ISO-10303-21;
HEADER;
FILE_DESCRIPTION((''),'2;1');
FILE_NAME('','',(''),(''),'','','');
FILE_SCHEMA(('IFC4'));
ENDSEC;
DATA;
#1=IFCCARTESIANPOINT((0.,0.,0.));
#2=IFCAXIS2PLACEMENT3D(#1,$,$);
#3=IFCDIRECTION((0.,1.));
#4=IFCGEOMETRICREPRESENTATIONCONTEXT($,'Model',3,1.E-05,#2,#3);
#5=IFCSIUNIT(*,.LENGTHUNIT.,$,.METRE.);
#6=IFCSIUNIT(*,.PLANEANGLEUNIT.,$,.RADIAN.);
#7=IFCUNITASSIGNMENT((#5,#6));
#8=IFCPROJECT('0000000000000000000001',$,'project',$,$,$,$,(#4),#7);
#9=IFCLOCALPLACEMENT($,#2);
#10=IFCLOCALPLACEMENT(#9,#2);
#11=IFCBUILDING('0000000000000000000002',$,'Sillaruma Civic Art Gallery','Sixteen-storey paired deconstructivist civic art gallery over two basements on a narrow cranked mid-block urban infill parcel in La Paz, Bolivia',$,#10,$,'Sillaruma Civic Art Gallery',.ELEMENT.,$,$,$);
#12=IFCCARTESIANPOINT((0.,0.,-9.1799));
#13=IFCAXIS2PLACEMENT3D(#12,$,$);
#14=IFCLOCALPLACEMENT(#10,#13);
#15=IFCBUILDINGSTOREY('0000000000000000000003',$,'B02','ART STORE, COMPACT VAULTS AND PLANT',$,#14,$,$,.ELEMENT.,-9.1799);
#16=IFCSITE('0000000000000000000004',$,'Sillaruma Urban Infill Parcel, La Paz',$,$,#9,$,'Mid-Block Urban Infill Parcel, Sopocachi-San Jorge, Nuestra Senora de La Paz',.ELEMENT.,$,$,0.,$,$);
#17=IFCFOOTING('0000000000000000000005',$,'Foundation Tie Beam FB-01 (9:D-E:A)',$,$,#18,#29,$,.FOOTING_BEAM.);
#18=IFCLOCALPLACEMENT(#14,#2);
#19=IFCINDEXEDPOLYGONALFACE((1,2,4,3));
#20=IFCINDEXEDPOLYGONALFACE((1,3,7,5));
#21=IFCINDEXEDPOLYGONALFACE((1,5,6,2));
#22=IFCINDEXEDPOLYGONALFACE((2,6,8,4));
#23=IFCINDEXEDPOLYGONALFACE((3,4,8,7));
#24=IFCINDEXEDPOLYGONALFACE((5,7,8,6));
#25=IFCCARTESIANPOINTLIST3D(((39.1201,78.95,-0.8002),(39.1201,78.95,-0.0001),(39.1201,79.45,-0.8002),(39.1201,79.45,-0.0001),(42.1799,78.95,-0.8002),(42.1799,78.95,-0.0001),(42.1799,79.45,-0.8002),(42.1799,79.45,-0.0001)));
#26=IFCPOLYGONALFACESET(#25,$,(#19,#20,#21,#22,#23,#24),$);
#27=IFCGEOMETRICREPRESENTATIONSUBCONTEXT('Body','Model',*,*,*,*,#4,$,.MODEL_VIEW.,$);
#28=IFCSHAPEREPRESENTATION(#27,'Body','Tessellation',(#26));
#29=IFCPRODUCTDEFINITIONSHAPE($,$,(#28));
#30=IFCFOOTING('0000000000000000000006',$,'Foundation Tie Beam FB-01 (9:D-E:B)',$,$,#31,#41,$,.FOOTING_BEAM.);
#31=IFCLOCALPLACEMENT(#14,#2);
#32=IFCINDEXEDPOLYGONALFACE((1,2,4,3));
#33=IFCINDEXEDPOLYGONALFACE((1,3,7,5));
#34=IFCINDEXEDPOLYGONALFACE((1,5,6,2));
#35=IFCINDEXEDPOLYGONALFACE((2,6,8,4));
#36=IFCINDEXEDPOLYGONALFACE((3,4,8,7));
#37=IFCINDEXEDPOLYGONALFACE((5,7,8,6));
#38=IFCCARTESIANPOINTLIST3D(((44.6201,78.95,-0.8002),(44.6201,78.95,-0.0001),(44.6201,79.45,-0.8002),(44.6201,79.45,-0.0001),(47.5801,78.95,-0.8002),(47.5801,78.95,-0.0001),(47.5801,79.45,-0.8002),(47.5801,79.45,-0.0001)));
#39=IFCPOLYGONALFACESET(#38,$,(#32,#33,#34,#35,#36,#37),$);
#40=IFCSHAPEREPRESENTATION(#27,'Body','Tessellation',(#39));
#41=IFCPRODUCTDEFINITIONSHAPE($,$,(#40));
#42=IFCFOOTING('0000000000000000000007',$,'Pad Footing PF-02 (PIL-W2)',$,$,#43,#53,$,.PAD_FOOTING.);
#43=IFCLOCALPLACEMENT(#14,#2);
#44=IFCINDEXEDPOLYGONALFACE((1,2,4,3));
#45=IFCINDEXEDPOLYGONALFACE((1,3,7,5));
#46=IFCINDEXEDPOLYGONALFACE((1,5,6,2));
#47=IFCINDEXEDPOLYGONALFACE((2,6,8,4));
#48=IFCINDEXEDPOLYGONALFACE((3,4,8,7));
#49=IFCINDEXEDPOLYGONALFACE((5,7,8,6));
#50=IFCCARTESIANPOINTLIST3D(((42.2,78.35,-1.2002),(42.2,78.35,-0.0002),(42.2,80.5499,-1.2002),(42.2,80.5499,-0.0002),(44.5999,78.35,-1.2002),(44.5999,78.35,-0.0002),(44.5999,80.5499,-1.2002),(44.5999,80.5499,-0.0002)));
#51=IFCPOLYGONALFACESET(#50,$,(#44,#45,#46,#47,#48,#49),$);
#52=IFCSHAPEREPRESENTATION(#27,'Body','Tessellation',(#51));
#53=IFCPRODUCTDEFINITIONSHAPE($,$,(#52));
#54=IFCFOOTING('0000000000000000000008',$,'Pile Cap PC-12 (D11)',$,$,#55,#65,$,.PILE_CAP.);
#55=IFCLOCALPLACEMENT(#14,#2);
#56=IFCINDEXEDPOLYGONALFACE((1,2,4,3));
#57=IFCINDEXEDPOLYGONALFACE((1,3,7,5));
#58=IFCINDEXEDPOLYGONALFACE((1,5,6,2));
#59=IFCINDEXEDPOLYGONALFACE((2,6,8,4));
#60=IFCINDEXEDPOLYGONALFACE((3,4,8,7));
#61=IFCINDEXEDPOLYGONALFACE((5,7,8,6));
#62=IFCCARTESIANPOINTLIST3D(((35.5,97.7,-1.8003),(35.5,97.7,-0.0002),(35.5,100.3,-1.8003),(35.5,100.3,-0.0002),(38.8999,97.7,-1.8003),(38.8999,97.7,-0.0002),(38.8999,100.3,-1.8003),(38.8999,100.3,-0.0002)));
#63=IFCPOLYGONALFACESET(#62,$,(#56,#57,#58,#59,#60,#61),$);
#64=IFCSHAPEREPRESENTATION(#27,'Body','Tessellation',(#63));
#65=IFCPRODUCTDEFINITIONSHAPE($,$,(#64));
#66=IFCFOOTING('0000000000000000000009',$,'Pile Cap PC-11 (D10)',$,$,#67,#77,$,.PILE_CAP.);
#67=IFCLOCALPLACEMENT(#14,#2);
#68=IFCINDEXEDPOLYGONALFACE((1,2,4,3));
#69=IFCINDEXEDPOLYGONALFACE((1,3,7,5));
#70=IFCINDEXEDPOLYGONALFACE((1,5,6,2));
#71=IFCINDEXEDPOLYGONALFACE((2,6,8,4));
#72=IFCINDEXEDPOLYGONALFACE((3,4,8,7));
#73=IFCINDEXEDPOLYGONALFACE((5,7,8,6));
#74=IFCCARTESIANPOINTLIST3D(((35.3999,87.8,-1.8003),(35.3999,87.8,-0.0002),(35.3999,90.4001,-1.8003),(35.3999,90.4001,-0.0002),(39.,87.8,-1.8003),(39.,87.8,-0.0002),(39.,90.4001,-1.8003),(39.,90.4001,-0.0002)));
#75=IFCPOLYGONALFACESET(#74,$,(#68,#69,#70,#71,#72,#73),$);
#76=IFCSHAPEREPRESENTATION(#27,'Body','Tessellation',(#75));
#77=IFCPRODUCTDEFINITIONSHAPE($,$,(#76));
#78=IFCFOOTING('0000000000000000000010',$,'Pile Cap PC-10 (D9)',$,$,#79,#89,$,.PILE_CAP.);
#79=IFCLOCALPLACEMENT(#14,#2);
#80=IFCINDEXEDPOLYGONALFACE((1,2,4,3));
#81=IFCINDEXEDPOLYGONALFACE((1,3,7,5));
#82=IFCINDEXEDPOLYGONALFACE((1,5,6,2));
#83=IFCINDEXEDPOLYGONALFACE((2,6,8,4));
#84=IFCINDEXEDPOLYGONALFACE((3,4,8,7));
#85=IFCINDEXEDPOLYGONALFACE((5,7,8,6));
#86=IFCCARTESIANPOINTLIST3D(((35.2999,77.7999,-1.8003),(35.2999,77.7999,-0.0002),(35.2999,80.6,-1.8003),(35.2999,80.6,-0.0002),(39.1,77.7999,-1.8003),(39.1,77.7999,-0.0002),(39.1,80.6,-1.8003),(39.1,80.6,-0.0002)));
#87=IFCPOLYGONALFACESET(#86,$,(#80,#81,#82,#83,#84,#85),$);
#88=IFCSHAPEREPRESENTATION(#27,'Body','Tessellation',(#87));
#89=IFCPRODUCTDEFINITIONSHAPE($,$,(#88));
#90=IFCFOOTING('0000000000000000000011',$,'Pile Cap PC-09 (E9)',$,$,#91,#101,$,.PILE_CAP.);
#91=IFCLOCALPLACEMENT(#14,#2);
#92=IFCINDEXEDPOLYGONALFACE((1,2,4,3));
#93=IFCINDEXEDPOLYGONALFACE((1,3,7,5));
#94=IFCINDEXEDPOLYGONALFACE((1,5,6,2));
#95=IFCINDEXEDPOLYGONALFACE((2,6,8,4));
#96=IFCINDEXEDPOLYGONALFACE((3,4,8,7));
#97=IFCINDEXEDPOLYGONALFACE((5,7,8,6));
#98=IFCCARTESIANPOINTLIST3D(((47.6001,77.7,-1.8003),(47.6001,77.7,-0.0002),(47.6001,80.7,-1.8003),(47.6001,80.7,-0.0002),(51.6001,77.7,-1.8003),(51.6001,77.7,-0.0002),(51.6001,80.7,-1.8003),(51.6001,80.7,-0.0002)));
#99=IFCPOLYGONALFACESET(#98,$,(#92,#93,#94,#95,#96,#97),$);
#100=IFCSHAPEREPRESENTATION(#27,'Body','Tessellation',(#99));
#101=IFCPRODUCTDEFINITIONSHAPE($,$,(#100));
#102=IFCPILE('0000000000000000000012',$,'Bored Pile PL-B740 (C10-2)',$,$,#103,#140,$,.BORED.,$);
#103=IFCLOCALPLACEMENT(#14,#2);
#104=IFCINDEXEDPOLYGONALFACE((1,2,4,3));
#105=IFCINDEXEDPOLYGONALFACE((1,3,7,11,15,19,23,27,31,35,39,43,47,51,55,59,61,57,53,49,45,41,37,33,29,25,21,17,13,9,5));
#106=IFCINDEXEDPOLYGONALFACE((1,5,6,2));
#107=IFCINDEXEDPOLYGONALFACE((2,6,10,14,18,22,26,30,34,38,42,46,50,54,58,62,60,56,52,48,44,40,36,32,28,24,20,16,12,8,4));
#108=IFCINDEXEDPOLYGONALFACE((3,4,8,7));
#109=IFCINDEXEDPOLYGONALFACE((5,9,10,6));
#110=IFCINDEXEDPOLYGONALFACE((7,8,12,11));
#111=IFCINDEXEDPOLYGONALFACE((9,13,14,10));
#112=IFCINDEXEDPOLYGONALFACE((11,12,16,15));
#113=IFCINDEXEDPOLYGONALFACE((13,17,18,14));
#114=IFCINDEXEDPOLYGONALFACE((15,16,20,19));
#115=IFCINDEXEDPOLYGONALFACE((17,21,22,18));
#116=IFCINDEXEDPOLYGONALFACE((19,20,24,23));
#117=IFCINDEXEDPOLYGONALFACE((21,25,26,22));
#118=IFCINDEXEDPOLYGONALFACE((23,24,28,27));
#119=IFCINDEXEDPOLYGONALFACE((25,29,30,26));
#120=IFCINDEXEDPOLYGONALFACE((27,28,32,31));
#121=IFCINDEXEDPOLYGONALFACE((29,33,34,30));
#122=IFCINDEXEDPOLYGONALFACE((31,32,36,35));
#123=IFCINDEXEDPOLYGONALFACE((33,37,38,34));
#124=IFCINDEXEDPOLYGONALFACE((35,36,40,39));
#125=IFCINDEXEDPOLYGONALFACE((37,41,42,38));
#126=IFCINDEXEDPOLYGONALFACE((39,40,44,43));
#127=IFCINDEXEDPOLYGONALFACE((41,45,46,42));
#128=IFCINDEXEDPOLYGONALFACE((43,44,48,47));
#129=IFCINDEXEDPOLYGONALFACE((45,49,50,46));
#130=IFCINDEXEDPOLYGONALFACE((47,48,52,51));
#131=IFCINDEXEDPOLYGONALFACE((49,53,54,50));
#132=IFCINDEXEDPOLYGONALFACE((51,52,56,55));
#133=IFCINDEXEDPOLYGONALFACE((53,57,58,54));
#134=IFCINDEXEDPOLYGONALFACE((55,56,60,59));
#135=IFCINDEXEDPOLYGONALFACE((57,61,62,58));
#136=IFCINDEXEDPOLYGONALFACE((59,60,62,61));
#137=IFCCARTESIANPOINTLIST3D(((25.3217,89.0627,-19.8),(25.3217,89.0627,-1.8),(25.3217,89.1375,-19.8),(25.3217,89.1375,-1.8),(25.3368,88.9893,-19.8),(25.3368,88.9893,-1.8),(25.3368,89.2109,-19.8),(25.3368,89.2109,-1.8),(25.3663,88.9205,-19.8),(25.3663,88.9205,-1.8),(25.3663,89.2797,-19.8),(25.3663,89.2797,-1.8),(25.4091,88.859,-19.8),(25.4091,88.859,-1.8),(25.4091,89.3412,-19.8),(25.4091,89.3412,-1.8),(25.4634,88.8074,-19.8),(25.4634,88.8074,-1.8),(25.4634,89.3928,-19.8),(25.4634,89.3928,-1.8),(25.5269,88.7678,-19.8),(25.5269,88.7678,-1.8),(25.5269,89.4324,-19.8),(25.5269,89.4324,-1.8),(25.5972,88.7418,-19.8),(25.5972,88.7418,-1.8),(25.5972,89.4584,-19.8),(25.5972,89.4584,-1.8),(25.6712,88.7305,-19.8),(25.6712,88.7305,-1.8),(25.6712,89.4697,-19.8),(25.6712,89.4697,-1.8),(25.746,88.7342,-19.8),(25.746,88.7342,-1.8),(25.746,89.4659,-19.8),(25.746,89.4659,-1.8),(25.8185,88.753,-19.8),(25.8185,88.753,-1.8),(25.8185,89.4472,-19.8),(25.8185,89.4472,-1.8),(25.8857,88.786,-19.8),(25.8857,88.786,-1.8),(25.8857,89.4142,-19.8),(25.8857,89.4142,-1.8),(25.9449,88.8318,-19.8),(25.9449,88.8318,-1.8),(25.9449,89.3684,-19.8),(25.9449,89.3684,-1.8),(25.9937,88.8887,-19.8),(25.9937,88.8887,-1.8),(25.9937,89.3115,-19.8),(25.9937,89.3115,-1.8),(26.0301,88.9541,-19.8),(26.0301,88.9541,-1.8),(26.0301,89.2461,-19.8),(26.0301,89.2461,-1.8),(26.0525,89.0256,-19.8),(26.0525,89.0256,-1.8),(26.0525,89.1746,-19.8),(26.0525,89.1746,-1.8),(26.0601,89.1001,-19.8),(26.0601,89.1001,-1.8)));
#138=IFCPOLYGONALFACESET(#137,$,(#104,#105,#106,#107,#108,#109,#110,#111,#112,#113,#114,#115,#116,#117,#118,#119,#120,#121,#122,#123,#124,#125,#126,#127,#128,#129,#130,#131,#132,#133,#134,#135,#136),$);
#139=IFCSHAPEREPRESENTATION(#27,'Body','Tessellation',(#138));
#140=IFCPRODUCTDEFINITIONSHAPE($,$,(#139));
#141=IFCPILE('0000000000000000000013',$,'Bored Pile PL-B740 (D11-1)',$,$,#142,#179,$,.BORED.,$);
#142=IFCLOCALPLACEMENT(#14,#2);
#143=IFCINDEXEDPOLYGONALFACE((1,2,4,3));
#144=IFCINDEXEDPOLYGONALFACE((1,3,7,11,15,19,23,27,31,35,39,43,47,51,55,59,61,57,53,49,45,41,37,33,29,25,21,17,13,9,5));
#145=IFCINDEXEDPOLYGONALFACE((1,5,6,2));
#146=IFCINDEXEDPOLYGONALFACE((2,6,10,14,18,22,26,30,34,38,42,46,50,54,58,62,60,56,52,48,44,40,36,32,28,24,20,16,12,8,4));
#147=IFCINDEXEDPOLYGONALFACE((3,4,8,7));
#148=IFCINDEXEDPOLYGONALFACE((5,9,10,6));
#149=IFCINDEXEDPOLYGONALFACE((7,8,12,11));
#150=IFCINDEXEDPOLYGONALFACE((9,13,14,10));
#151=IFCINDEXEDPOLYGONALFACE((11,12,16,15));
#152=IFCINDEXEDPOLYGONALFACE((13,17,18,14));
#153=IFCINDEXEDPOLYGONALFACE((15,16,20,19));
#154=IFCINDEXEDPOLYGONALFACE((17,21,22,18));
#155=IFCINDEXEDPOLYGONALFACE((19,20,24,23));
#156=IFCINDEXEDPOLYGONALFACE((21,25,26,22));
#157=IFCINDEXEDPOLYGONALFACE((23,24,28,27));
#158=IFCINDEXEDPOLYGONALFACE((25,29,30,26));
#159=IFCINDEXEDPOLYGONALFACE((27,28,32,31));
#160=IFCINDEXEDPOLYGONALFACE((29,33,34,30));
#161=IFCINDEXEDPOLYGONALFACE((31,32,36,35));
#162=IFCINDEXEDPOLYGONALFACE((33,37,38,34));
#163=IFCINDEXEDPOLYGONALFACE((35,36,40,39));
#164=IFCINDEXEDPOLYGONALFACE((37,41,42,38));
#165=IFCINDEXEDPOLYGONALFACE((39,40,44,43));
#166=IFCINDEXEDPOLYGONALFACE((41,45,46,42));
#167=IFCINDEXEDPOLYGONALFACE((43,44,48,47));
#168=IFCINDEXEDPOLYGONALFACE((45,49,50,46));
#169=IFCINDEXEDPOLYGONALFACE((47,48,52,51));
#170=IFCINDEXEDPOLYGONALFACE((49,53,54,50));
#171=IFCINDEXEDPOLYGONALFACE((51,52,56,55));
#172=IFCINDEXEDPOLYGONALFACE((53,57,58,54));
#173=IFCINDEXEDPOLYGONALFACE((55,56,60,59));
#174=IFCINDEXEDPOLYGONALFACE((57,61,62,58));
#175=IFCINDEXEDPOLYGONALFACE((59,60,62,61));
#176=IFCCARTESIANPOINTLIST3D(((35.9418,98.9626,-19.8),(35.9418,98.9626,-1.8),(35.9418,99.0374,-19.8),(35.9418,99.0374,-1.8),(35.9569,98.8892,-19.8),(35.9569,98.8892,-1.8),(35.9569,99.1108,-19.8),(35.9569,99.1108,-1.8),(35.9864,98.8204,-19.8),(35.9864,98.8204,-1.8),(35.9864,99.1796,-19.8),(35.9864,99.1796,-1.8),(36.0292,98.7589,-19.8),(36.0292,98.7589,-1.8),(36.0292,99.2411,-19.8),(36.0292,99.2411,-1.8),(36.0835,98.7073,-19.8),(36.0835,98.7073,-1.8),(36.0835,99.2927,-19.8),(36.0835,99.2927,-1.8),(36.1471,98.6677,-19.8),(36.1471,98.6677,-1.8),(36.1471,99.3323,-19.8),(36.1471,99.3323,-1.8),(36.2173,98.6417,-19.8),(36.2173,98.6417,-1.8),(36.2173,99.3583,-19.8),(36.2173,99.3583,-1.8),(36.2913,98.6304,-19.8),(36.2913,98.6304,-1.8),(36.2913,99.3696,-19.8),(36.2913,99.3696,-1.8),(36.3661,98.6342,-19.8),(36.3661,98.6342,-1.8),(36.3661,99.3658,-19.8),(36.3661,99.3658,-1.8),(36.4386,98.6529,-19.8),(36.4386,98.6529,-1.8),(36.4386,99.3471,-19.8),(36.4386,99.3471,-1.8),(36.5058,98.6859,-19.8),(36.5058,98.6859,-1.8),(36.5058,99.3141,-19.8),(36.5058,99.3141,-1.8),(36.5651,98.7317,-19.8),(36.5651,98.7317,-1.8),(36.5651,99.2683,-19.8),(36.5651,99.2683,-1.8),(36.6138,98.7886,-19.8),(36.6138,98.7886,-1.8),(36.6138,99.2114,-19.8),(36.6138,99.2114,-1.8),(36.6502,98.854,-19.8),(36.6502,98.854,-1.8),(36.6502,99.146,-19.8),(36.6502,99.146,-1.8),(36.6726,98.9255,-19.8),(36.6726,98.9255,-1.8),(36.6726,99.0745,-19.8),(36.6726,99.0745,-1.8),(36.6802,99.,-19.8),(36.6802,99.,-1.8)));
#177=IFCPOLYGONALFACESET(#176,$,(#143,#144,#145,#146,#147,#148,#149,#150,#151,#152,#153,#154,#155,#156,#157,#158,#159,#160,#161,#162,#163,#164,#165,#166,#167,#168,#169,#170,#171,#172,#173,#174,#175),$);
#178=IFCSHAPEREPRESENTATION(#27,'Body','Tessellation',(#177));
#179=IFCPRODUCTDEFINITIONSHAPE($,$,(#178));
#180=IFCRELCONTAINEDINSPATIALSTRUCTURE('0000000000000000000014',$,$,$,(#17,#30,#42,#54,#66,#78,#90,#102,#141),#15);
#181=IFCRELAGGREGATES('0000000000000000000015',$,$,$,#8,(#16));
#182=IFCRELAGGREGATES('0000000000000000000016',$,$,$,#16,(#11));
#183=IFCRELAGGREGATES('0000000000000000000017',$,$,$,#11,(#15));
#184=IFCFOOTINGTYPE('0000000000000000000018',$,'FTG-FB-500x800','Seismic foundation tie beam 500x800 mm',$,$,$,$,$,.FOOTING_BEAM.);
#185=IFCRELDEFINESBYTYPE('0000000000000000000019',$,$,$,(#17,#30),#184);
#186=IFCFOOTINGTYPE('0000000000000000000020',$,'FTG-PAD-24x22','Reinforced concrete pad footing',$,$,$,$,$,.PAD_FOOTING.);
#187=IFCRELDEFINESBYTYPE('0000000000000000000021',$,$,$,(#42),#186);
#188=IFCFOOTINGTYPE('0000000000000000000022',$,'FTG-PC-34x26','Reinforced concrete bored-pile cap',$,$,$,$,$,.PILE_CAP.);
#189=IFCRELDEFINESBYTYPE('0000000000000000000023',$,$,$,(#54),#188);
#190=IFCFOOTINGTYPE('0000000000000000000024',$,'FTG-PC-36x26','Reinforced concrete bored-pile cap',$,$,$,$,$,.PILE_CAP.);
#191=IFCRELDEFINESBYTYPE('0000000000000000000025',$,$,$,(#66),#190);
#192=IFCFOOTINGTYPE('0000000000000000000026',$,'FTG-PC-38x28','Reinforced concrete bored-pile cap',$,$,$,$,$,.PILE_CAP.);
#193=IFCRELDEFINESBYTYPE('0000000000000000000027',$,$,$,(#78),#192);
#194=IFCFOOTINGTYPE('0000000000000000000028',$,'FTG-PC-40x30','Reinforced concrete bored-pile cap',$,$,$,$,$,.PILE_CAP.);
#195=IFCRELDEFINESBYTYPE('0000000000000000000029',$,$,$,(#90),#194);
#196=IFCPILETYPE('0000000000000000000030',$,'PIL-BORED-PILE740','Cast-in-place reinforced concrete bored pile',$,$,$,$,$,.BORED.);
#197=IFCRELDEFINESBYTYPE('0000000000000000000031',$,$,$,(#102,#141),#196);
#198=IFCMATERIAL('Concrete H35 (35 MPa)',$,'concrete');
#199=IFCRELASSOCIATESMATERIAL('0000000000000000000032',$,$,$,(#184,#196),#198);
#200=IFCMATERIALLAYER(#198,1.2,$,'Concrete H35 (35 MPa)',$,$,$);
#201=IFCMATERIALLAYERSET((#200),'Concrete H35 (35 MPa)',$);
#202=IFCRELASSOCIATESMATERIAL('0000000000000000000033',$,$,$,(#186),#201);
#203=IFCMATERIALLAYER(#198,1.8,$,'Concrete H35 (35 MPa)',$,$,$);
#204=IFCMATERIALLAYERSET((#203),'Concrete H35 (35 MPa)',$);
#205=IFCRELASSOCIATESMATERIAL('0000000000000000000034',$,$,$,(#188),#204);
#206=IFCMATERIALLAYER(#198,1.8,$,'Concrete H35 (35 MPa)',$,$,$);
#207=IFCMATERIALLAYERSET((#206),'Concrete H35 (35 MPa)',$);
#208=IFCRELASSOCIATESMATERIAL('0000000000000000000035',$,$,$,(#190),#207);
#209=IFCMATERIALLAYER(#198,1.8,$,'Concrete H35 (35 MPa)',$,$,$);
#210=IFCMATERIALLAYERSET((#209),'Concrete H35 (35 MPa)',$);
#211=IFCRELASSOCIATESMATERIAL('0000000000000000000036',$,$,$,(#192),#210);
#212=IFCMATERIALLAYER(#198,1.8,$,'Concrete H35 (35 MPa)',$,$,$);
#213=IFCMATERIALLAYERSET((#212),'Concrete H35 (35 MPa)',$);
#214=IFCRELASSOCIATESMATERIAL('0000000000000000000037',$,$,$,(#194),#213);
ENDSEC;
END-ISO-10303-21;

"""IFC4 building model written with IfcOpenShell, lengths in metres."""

from ifc_helpers import new_model, si_unit, direction, frame, origin, origin_2d, place, context, subcontext, project, spatial, rectangle, circle, extrude, material, layer, layer_set, material_profile, profile_set, type_object, element, save


model = new_model("IFC4")

# Units and contexts
model_context = context("Model", 3, precision=1e-05, world=origin(), true_north=direction((0.0, 1.0)))
body_context = subcontext(model_context, "Body", "Model", "MODEL_VIEW")
ifc_project = project(units=[si_unit("LENGTHUNIT", "METRE"), si_unit("PLANEANGLEUNIT", "RADIAN")], contexts=[model_context])

# Site, building, storey
site_placement = place(None, origin())
site = spatial("IfcSite", under=ifc_project, at=site_placement, Name="Sillaruma Urban Infill Parcel, La Paz", LongName="Mid-Block Urban Infill Parcel, Sopocachi-San Jorge, Nuestra Senora de La Paz", CompositionType="ELEMENT", RefElevation=0.0)
building_placement = place(site_placement, origin())
building = spatial("IfcBuilding", under=site, at=building_placement, Name="Sillaruma Civic Art Gallery", Description="Sixteen-storey paired deconstructivist civic art gallery over two basements on a narrow cranked mid-block urban infill parcel in La Paz, Bolivia", LongName="Sillaruma Civic Art Gallery", CompositionType="ELEMENT")
storey_placement = place(building_placement, frame((0.0, 0.0, -9.1799)))
storey = spatial("IfcBuildingStorey", under=building, at=storey_placement, Name="B02", Description="ART STORE, COMPACT VAULTS AND PLANT", CompositionType="ELEMENT", Elevation=-9.1799)

# Footings
ifc_material_1 = material(Name="Concrete H35 (35 MPa)", Category="concrete")
ifc_material_profile_1 = material_profile(ifc_material_1, rectangle(XDim=0.5, YDim=0.8, at=origin_2d()), Name="RCB500x800")
ifc_profile_set_1 = profile_set([ifc_material_profile_1], Name="Concrete H35 (35 MPa)")
footing_type_1 = type_object("IfcFootingType", Name="FTG-FB-500x800", Description="Seismic foundation tie beam 500x800 mm", PredefinedType="FOOTING_BEAM", material=ifc_profile_set_1)
footing_1_placement = place(storey_placement, frame((39.1201, 79.2, -0.4001), z_axis=(1.0, 0.0, 0.0), x_axis=(0.0, 1.0, 0.0)))
element("IfcFooting", 1, at=footing_1_placement, inside=storey, type_object=footing_type_1, Name="Foundation Tie Beam FB-01 (9:D-E:A)", PredefinedType="FOOTING_BEAM", context=body_context, shape_type="SweptSolid", body=[
    extrude(rectangle(XDim=0.5, YDim=0.8, at=origin_2d()), origin(), (0.0, 0.0, 1.0), 3.0598),
])
footing_2_placement = place(storey_placement, frame((44.6201, 79.2, -0.4001), z_axis=(1.0, 0.0, 0.0), x_axis=(0.0, 1.0, 0.0)))
element("IfcFooting", 2, at=footing_2_placement, inside=storey, type_object=footing_type_1, Name="Foundation Tie Beam FB-01 (9:D-E:B)", PredefinedType="FOOTING_BEAM", context=body_context, shape_type="SweptSolid", body=[
    extrude(rectangle(XDim=0.5, YDim=0.8, at=origin_2d()), origin(), (0.0, 0.0, 1.0), 2.96),
])
ifc_layer_1 = layer(ifc_material_1, 1.2, Name="Concrete H35 (35 MPa)")
ifc_layer_set_1 = layer_set([ifc_layer_1], Name="Concrete H35 (35 MPa)")
footing_type_2 = type_object("IfcFootingType", Name="FTG-PAD-24x22", Description="Reinforced concrete pad footing", PredefinedType="PAD_FOOTING", material=ifc_layer_set_1)
footing_3_placement = place(storey_placement, frame((43.3999, 79.45, -1.2002), z_axis=(0.0, 0.0, 1.0), x_axis=(1.0, 0.0, 0.0)))
element("IfcFooting", 3, at=footing_3_placement, inside=storey, type_object=footing_type_2, Name="Pad Footing PF-02 (PIL-W2)", PredefinedType="PAD_FOOTING", context=body_context, shape_type="SweptSolid", body=[
    extrude(rectangle(XDim=2.3999, YDim=2.2, at=origin_2d()), origin(), (0.0, 0.0, 1.0), 1.2),
])
ifc_layer_2 = layer(ifc_material_1, 1.8, Name="Concrete H35 (35 MPa)")
ifc_layer_set_2 = layer_set([ifc_layer_2], Name="Concrete H35 (35 MPa)")
footing_type_3 = type_object("IfcFootingType", Name="FTG-PC-34x26", Description="Reinforced concrete bored-pile cap", PredefinedType="PILE_CAP", material=ifc_layer_set_2)
footing_4_placement = place(storey_placement, frame((37.2, 99.0, -1.8003), z_axis=(0.0, 0.0, 1.0), x_axis=(1.0, 0.0, 0.0)))
element("IfcFooting", 4, at=footing_4_placement, inside=storey, type_object=footing_type_3, Name="Pile Cap PC-12 (D11)", PredefinedType="PILE_CAP", context=body_context, shape_type="SweptSolid", body=[
    extrude(rectangle(XDim=3.3999, YDim=2.6001, at=origin_2d()), origin(), (0.0, 0.0, 1.0), 1.8),
])
ifc_layer_3 = layer(ifc_material_1, 1.8, Name="Concrete H35 (35 MPa)")
ifc_layer_set_3 = layer_set([ifc_layer_3], Name="Concrete H35 (35 MPa)")
footing_type_4 = type_object("IfcFootingType", Name="FTG-PC-36x26", Description="Reinforced concrete bored-pile cap", PredefinedType="PILE_CAP", material=ifc_layer_set_3)
footing_5_placement = place(storey_placement, frame((37.2, 89.1001, -1.8003), z_axis=(0.0, 0.0, 1.0), x_axis=(1.0, 0.0, 0.0)))
element("IfcFooting", 5, at=footing_5_placement, inside=storey, type_object=footing_type_4, Name="Pile Cap PC-11 (D10)", PredefinedType="PILE_CAP", context=body_context, shape_type="SweptSolid", body=[
    extrude(rectangle(XDim=3.6001, YDim=2.6001, at=origin_2d()), origin(), (0.0, 0.0, 1.0), 1.8),
])
ifc_layer_4 = layer(ifc_material_1, 1.8, Name="Concrete H35 (35 MPa)")
ifc_layer_set_4 = layer_set([ifc_layer_4], Name="Concrete H35 (35 MPa)")
footing_type_5 = type_object("IfcFootingType", Name="FTG-PC-38x28", Description="Reinforced concrete bored-pile cap", PredefinedType="PILE_CAP", material=ifc_layer_set_4)
footing_6_placement = place(storey_placement, frame((37.2, 79.2, -1.8003), z_axis=(0.0, 0.0, 1.0), x_axis=(1.0, 0.0, 0.0)))
element("IfcFooting", 6, at=footing_6_placement, inside=storey, type_object=footing_type_5, Name="Pile Cap PC-10 (D9)", PredefinedType="PILE_CAP", context=body_context, shape_type="SweptSolid", body=[
    extrude(rectangle(XDim=3.8, YDim=2.8, at=origin_2d()), origin(), (0.0, 0.0, 1.0), 1.8),
])
ifc_layer_5 = layer(ifc_material_1, 1.8, Name="Concrete H35 (35 MPa)")
ifc_layer_set_5 = layer_set([ifc_layer_5], Name="Concrete H35 (35 MPa)")
footing_type_6 = type_object("IfcFootingType", Name="FTG-PC-40x30", Description="Reinforced concrete bored-pile cap", PredefinedType="PILE_CAP", material=ifc_layer_set_5)
footing_7_placement = place(storey_placement, frame((49.6001, 79.2, -1.8003), z_axis=(0.0, 0.0, 1.0), x_axis=(1.0, 0.0, 0.0)))
element("IfcFooting", 7, at=footing_7_placement, inside=storey, type_object=footing_type_6, Name="Pile Cap PC-09 (E9)", PredefinedType="PILE_CAP", context=body_context, shape_type="SweptSolid", body=[
    extrude(rectangle(XDim=4.0, YDim=3.0, at=origin_2d()), origin(), (0.0, 0.0, 1.0), 1.8),
])

# Piles
ifc_material_profile_2 = material_profile(ifc_material_1, circle(Radius=0.3701, at=origin_2d()), Name="PILE740")
ifc_profile_set_2 = profile_set([ifc_material_profile_2], Name="Concrete H35 (35 MPa)")
pile_type_1 = type_object("IfcPileType", Name="PIL-BORED-PILE740", Description="Cast-in-place reinforced concrete bored pile", PredefinedType="BORED", material=ifc_profile_set_2)
for number, where, z_axis, x_axis, name in (
    (8, (25.6899, 89.1001, -1.8), (0.0, 0.0, -1.0), (1.0, 0.0, 0.0), "Bored Pile PL-B740 (C10-2)"),
    (9, (36.3101, 99.0, -1.8), (0.0, 0.0, -1.0), (1.0, 0.0, 0.0), "Bored Pile PL-B740 (D11-1)"),
):
    element("IfcPile", number, at=place(storey_placement, frame(where, z_axis=z_axis, x_axis=x_axis)), inside=storey, type_object=pile_type_1, Name=name, PredefinedType="BORED", context=body_context, shape_type="SweptSolid", body=[
        extrude(circle(Radius=0.3701, at=origin_2d()), origin(), (0.0, 0.0, 1.0), 18.0),
    ])

save(model, "model.ifc")
